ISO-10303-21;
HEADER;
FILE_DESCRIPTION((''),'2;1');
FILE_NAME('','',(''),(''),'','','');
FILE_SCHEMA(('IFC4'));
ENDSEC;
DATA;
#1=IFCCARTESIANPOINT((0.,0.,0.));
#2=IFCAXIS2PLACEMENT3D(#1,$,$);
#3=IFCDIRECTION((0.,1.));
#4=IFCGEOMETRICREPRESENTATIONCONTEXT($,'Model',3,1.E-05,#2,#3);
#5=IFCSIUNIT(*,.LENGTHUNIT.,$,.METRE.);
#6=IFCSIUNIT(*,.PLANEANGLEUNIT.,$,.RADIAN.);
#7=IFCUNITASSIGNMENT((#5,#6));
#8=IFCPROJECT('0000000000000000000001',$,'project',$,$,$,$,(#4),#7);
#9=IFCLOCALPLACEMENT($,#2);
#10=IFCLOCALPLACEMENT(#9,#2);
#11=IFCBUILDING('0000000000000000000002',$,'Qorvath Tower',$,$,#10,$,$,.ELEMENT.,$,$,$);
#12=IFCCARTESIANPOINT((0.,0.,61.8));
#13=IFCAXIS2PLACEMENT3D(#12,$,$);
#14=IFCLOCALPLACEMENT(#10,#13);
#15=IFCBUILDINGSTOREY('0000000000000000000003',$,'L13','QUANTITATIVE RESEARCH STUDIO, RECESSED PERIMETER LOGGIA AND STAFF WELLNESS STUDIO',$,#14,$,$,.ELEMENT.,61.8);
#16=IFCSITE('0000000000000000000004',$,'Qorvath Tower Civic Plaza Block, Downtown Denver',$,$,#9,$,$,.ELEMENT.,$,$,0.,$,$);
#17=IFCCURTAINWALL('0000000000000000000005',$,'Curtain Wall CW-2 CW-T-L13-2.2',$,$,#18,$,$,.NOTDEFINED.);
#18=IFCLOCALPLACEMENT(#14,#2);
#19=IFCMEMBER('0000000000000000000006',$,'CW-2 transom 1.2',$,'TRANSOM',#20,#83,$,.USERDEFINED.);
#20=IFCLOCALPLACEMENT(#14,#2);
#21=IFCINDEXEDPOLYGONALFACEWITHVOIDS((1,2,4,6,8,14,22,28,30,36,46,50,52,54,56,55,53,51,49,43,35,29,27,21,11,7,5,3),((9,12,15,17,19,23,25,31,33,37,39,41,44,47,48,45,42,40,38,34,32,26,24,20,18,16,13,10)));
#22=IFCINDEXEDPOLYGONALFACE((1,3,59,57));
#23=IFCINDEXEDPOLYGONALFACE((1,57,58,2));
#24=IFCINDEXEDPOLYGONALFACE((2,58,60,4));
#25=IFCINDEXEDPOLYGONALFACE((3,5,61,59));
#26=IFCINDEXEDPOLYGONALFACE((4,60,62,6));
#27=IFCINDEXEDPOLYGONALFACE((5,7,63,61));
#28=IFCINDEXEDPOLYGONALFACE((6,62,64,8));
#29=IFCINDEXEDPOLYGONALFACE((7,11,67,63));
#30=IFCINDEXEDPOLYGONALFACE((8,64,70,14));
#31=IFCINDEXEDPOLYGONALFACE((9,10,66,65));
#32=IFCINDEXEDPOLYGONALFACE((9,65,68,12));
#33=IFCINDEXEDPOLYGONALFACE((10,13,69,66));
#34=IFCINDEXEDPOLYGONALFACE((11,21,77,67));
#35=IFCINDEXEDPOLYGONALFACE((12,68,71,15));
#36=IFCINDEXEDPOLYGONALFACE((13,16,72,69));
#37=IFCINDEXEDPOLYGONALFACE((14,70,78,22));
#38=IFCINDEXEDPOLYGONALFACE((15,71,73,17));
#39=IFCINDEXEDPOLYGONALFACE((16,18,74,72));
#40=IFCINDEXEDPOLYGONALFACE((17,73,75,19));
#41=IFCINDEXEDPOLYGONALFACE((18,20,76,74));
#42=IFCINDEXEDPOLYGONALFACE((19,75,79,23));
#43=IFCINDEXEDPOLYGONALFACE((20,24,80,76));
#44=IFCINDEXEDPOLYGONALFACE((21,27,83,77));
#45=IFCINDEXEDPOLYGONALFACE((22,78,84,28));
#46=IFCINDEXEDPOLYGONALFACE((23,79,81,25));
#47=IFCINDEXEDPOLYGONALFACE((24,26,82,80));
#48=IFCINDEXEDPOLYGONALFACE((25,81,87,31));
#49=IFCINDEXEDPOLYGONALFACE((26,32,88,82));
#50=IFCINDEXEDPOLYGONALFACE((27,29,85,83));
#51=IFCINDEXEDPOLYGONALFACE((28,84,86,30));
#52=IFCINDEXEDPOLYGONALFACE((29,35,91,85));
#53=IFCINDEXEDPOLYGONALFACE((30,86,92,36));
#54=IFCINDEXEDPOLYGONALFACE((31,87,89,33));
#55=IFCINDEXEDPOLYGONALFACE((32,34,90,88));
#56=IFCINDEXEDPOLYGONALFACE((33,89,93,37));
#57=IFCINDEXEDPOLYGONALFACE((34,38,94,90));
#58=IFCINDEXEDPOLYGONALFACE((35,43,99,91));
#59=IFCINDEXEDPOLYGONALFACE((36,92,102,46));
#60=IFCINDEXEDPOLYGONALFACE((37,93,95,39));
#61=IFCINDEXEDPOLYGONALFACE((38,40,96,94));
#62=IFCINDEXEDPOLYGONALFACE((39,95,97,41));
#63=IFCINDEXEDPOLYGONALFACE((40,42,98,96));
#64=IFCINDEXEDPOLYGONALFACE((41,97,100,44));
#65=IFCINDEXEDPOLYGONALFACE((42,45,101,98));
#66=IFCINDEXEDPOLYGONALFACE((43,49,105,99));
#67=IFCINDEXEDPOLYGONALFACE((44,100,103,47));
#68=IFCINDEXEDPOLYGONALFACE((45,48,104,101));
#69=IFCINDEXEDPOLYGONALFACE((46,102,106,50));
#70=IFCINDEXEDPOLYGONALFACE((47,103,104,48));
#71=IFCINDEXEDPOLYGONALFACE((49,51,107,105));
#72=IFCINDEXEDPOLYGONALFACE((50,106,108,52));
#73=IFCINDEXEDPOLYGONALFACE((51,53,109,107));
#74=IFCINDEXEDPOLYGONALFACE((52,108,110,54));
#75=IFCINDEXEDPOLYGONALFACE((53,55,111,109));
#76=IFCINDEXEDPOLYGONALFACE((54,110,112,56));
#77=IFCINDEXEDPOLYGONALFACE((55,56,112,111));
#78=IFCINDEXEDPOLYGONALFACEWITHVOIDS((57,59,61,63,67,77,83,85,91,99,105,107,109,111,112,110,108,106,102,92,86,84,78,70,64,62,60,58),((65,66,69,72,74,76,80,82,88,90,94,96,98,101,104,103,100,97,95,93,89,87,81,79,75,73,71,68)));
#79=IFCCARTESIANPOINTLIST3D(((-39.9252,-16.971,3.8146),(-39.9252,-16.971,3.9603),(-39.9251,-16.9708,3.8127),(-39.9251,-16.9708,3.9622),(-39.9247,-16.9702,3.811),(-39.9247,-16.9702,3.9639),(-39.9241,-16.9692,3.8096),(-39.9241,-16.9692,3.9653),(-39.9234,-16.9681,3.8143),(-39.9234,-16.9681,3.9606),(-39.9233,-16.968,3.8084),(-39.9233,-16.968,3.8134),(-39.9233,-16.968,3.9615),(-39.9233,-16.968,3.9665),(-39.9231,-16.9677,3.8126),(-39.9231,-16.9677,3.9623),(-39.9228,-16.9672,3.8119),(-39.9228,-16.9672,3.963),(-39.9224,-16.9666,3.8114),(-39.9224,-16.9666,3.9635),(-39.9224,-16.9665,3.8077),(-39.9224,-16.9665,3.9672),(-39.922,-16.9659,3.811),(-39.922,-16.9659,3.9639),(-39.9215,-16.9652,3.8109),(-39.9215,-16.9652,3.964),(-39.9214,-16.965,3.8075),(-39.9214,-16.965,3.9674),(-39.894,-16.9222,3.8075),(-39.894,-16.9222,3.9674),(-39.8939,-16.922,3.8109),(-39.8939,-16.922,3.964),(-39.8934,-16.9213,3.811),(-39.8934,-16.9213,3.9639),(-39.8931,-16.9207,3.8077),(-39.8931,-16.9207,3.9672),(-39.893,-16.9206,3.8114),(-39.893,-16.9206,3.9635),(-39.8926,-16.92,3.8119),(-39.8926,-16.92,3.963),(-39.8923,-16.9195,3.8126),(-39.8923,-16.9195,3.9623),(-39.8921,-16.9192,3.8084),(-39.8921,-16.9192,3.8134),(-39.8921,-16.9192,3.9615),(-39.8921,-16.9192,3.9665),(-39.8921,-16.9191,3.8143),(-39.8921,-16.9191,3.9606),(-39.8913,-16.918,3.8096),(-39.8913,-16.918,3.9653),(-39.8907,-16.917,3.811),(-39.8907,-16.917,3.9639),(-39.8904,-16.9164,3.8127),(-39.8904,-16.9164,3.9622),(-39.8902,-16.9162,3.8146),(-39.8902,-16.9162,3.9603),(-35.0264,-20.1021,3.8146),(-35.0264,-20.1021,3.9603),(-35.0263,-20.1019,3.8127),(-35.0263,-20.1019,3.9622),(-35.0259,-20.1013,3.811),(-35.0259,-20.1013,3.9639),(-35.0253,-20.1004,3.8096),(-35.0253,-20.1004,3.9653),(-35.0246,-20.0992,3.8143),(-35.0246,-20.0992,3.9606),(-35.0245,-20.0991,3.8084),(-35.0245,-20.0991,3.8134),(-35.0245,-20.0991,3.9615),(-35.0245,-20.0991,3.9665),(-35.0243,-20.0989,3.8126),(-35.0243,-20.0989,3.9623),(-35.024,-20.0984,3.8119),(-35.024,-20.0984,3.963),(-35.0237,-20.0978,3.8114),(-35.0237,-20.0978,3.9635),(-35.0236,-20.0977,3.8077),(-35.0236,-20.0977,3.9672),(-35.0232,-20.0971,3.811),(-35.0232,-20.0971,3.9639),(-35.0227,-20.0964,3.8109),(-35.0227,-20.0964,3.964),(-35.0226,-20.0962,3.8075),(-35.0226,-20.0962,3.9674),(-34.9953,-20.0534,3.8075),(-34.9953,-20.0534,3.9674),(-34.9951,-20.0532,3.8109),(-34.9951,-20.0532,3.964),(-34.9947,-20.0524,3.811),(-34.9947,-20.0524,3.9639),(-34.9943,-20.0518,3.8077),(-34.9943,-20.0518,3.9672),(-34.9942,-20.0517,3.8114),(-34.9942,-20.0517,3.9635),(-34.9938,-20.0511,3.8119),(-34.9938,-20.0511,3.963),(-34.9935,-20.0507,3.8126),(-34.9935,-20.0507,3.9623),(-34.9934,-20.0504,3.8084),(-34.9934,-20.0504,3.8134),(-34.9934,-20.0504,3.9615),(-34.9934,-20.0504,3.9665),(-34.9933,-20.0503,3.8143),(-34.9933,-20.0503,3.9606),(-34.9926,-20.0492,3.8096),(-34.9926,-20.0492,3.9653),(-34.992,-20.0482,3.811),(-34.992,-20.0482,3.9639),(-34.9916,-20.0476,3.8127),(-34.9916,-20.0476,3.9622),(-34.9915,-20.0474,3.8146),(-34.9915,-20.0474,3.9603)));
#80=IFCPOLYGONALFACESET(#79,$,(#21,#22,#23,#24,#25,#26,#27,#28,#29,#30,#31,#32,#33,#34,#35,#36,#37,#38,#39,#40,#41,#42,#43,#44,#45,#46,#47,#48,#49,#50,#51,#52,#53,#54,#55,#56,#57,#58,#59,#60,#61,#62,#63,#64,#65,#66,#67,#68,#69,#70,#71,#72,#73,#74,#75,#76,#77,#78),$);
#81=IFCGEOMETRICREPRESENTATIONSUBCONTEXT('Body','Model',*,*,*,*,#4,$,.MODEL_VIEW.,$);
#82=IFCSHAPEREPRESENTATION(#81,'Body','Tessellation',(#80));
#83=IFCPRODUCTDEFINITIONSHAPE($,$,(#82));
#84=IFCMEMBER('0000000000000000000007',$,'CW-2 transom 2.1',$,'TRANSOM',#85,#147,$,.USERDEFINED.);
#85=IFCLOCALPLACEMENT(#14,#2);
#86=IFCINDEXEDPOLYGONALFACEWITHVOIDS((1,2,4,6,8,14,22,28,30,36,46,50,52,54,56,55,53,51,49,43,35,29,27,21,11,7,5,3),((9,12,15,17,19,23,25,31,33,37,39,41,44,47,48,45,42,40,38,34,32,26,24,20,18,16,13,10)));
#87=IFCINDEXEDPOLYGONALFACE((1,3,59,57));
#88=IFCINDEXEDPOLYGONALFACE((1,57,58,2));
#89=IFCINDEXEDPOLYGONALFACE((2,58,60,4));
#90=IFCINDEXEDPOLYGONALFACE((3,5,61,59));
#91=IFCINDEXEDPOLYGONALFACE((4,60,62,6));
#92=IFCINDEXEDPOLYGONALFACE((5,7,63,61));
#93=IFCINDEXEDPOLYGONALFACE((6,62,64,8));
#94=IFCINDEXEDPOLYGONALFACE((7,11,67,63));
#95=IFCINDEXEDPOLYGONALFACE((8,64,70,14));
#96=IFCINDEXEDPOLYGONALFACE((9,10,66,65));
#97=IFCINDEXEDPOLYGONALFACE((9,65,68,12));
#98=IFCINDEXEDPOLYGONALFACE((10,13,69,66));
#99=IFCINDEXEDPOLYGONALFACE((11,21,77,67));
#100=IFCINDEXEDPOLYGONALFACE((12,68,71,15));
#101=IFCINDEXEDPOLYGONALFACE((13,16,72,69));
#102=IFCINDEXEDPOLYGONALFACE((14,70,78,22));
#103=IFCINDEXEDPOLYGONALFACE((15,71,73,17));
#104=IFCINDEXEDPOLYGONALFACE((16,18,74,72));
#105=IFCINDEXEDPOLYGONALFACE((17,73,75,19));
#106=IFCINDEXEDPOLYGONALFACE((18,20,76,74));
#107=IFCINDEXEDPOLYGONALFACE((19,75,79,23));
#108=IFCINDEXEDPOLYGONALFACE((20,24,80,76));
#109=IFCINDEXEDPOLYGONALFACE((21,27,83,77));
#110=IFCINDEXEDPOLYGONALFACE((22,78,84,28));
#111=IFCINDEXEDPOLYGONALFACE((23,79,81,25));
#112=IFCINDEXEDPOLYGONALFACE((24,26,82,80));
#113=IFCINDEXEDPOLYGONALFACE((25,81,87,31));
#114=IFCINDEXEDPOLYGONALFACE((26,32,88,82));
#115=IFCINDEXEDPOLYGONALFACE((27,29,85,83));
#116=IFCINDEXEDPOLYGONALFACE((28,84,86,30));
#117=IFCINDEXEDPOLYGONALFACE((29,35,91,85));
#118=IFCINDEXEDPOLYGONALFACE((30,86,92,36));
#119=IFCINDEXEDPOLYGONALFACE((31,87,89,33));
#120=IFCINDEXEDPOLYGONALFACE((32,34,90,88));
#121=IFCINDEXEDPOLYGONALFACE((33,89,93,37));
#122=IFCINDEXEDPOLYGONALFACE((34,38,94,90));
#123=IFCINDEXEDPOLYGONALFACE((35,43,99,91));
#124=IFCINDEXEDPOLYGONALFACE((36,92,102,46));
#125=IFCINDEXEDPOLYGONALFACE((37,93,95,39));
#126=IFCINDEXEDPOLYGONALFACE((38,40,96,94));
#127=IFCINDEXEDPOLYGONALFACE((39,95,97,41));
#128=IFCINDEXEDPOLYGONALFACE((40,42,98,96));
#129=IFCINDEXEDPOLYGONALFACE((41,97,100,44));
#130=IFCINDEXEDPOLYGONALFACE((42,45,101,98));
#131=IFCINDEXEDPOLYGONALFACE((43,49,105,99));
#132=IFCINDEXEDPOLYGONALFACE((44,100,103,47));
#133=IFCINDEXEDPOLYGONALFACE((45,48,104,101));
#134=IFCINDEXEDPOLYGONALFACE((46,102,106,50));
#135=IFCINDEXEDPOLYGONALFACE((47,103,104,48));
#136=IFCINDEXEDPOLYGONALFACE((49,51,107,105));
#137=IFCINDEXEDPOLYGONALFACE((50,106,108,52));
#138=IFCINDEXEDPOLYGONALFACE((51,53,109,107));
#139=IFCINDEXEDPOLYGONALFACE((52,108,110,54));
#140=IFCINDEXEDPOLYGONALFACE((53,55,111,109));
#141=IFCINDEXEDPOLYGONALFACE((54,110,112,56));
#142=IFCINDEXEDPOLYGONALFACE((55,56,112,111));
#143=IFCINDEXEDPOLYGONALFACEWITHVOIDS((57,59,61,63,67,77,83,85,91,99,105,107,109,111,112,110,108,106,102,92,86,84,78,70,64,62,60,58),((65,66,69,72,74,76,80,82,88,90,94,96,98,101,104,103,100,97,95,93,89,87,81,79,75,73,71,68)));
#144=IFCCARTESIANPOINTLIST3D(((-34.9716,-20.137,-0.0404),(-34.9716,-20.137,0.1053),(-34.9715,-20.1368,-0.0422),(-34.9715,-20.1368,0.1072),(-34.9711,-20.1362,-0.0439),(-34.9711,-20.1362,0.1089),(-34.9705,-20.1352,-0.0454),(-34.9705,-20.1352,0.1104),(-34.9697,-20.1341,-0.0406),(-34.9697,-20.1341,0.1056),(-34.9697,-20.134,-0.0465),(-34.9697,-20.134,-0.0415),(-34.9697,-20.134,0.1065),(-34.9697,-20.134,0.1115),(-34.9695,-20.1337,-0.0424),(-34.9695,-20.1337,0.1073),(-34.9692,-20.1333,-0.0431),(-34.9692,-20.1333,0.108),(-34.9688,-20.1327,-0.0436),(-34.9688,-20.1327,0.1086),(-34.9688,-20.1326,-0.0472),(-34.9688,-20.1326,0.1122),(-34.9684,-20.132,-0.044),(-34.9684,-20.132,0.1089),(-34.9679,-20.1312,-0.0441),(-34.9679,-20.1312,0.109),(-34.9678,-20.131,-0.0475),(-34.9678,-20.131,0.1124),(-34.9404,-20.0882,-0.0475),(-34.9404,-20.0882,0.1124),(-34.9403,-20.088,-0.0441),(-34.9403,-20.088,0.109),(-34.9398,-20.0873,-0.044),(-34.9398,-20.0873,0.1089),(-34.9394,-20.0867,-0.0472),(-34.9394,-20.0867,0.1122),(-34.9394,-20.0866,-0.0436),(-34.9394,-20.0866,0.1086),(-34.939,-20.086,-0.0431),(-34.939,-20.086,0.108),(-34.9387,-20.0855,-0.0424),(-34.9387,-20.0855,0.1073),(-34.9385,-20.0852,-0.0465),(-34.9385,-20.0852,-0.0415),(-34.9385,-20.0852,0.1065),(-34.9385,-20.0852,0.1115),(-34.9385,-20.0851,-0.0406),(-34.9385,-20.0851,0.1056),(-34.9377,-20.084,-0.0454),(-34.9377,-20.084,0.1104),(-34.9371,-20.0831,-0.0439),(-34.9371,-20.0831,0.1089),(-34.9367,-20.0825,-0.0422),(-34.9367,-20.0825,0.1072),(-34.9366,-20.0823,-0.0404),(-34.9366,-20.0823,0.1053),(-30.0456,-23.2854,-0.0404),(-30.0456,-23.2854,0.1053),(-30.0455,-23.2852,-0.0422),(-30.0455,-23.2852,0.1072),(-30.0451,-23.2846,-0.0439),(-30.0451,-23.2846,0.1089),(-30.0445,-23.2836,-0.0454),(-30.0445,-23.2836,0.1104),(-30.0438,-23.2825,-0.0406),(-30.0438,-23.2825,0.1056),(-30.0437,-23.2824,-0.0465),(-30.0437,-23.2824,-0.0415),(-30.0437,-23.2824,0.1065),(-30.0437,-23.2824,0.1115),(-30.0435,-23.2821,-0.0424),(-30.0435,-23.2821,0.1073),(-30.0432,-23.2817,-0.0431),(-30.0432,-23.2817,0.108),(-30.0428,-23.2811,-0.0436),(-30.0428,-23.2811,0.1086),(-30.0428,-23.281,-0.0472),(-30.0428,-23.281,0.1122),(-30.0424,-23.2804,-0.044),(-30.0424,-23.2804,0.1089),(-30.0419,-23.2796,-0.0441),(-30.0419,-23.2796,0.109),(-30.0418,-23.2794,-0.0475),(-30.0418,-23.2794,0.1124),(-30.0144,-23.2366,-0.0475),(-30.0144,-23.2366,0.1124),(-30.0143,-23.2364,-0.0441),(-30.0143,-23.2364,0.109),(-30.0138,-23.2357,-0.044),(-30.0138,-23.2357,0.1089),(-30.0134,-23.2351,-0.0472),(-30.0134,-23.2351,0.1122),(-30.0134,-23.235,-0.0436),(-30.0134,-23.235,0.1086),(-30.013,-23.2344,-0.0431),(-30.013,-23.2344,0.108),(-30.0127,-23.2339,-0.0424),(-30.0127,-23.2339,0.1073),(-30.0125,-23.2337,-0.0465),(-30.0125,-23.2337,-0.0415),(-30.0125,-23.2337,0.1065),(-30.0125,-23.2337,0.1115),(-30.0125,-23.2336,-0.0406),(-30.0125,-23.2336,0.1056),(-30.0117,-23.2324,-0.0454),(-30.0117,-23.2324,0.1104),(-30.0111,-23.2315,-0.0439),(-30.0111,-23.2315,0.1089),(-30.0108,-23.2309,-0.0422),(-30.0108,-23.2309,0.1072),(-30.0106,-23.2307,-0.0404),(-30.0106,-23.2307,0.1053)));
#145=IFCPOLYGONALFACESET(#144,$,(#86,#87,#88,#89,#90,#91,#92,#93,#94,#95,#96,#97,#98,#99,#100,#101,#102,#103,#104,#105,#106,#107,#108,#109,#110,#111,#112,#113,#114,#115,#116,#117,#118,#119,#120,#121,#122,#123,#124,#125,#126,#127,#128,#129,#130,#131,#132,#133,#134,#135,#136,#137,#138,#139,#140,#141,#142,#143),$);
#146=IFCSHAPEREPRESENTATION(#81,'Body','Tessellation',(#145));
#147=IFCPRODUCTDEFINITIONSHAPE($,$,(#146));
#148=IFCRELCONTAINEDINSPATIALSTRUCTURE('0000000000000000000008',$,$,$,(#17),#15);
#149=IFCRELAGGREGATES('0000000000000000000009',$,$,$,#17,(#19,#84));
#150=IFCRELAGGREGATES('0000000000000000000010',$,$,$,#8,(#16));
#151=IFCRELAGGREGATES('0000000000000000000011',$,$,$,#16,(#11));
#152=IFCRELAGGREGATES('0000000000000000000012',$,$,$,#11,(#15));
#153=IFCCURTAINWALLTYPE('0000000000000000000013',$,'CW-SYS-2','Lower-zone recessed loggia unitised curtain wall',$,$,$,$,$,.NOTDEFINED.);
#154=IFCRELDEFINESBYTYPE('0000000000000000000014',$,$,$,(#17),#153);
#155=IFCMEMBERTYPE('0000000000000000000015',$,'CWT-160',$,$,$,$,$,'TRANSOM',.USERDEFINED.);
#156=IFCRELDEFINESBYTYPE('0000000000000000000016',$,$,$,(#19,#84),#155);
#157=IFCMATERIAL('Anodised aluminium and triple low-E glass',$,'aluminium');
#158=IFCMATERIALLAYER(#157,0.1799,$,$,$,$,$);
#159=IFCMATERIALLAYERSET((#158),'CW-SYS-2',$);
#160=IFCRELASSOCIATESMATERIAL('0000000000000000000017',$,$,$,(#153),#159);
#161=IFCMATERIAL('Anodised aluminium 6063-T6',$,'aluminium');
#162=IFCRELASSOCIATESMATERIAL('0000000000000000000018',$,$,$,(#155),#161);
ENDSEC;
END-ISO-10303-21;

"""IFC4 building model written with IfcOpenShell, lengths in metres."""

from ifc_helpers import new_model, si_unit, direction, frame, origin, origin_2d, place, context, subcontext, project, spatial, hollow_rectangle, extrude, material, layer, layer_set, material_profile, profile_set, type_object, element, aggregate, save


model = new_model("IFC4")

# Units and contexts
model_context = context("Model", 3, precision=1e-05, world=origin(), true_north=direction((0.0, 1.0)))
body_context = subcontext(model_context, "Body", "Model", "MODEL_VIEW")
ifc_project = project(units=[si_unit("LENGTHUNIT", "METRE"), si_unit("PLANEANGLEUNIT", "RADIAN")], contexts=[model_context])

# Site, building, storey
site_placement = place(None, origin())
site = spatial("IfcSite", under=ifc_project, at=site_placement, Name="Qorvath Tower Civic Plaza Block, Downtown Denver", CompositionType="ELEMENT", RefElevation=0.0)
building_placement = place(site_placement, origin())
building = spatial("IfcBuilding", under=site, at=building_placement, Name="Qorvath Tower", CompositionType="ELEMENT")
storey_placement = place(building_placement, frame((0.0, 0.0, 61.8)))
storey = spatial("IfcBuildingStorey", under=building, at=storey_placement, Name="L13", Description="QUANTITATIVE RESEARCH STUDIO, RECESSED PERIMETER LOGGIA AND STAFF WELLNESS STUDIO", CompositionType="ELEMENT", Elevation=61.8)

# Shared definitions
ifc_material_1 = material(Name="Anodised aluminium and triple low-E glass", Category="aluminium")
ifc_layer_1 = layer(ifc_material_1, 0.1799)
ifc_layer_set_1 = layer_set([ifc_layer_1], Name="CW-SYS-2")
curtain_wall_type = type_object("IfcCurtainWallType", Name="CW-SYS-2", Description="Lower-zone recessed loggia unitised curtain wall", PredefinedType="NOTDEFINED", material=ifc_layer_set_1)

# Curtain wall, members
curtain_wall_1_placement = place(storey_placement, origin())
curtain_wall_1 = element("IfcCurtainWall", 1, at=curtain_wall_1_placement, inside=storey, type_object=curtain_wall_type, Name="Curtain Wall CW-2 CW-T-L13-2.2", PredefinedType="NOTDEFINED")
ifc_material_2 = material(Name="Anodised aluminium 6063-T6", Category="aluminium")
ifc_material_profile_1 = material_profile(ifc_material_2, hollow_rectangle(XDim=0.0649, YDim=0.1599, WallThickness=0.0034, InnerFilletRadius=0.0034, OuterFilletRadius=0.0071, at=origin_2d()), Name="CWT 160x65")
ifc_profile_set_1 = profile_set([ifc_material_profile_1], Name="Anodised aluminium 6063-T6")
member_type_1 = type_object("IfcMemberType", Name="CWT-160", ElementType="TRANSOM", PredefinedType="USERDEFINED", material=ifc_profile_set_1)
member_1_placement = place(storey_placement, frame((-39.9077, -16.9436, 3.8875), z_axis=(0.842588, -0.538559, 0.0), x_axis=(0.538559, 0.842588, 0.0)))
member_1 = element("IfcMember", 2, at=member_1_placement, type_object=member_type_1, Name="CW-2 transom 1.2", ObjectType="TRANSOM", PredefinedType="USERDEFINED", context=body_context, shape_type="SweptSolid", body=[
    extrude(hollow_rectangle(XDim=0.0649, YDim=0.1599, WallThickness=0.0034, InnerFilletRadius=0.0034, OuterFilletRadius=0.0071, at=origin_2d()), origin(), (0.0, 0.0, 1.0), 5.814),
])
member_2_placement = place(storey_placement, frame((-34.9541, -20.1096, 0.0325), z_axis=(0.842599, -0.538542, 0.0), x_axis=(0.538542, 0.842599, 0.0)))
member_2 = element("IfcMember", 3, at=member_2_placement, type_object=member_type_1, Name="CW-2 transom 2.1", ObjectType="TRANSOM", PredefinedType="USERDEFINED", context=body_context, shape_type="SweptSolid", body=[
    extrude(hollow_rectangle(XDim=0.0649, YDim=0.1599, WallThickness=0.0034, InnerFilletRadius=0.0034, OuterFilletRadius=0.0071, at=origin_2d()), origin(), (0.0, 0.0, 1.0), 5.8462),
])
aggregate(curtain_wall_1, [member_1, member_2])

save(model, "model.ifc")
